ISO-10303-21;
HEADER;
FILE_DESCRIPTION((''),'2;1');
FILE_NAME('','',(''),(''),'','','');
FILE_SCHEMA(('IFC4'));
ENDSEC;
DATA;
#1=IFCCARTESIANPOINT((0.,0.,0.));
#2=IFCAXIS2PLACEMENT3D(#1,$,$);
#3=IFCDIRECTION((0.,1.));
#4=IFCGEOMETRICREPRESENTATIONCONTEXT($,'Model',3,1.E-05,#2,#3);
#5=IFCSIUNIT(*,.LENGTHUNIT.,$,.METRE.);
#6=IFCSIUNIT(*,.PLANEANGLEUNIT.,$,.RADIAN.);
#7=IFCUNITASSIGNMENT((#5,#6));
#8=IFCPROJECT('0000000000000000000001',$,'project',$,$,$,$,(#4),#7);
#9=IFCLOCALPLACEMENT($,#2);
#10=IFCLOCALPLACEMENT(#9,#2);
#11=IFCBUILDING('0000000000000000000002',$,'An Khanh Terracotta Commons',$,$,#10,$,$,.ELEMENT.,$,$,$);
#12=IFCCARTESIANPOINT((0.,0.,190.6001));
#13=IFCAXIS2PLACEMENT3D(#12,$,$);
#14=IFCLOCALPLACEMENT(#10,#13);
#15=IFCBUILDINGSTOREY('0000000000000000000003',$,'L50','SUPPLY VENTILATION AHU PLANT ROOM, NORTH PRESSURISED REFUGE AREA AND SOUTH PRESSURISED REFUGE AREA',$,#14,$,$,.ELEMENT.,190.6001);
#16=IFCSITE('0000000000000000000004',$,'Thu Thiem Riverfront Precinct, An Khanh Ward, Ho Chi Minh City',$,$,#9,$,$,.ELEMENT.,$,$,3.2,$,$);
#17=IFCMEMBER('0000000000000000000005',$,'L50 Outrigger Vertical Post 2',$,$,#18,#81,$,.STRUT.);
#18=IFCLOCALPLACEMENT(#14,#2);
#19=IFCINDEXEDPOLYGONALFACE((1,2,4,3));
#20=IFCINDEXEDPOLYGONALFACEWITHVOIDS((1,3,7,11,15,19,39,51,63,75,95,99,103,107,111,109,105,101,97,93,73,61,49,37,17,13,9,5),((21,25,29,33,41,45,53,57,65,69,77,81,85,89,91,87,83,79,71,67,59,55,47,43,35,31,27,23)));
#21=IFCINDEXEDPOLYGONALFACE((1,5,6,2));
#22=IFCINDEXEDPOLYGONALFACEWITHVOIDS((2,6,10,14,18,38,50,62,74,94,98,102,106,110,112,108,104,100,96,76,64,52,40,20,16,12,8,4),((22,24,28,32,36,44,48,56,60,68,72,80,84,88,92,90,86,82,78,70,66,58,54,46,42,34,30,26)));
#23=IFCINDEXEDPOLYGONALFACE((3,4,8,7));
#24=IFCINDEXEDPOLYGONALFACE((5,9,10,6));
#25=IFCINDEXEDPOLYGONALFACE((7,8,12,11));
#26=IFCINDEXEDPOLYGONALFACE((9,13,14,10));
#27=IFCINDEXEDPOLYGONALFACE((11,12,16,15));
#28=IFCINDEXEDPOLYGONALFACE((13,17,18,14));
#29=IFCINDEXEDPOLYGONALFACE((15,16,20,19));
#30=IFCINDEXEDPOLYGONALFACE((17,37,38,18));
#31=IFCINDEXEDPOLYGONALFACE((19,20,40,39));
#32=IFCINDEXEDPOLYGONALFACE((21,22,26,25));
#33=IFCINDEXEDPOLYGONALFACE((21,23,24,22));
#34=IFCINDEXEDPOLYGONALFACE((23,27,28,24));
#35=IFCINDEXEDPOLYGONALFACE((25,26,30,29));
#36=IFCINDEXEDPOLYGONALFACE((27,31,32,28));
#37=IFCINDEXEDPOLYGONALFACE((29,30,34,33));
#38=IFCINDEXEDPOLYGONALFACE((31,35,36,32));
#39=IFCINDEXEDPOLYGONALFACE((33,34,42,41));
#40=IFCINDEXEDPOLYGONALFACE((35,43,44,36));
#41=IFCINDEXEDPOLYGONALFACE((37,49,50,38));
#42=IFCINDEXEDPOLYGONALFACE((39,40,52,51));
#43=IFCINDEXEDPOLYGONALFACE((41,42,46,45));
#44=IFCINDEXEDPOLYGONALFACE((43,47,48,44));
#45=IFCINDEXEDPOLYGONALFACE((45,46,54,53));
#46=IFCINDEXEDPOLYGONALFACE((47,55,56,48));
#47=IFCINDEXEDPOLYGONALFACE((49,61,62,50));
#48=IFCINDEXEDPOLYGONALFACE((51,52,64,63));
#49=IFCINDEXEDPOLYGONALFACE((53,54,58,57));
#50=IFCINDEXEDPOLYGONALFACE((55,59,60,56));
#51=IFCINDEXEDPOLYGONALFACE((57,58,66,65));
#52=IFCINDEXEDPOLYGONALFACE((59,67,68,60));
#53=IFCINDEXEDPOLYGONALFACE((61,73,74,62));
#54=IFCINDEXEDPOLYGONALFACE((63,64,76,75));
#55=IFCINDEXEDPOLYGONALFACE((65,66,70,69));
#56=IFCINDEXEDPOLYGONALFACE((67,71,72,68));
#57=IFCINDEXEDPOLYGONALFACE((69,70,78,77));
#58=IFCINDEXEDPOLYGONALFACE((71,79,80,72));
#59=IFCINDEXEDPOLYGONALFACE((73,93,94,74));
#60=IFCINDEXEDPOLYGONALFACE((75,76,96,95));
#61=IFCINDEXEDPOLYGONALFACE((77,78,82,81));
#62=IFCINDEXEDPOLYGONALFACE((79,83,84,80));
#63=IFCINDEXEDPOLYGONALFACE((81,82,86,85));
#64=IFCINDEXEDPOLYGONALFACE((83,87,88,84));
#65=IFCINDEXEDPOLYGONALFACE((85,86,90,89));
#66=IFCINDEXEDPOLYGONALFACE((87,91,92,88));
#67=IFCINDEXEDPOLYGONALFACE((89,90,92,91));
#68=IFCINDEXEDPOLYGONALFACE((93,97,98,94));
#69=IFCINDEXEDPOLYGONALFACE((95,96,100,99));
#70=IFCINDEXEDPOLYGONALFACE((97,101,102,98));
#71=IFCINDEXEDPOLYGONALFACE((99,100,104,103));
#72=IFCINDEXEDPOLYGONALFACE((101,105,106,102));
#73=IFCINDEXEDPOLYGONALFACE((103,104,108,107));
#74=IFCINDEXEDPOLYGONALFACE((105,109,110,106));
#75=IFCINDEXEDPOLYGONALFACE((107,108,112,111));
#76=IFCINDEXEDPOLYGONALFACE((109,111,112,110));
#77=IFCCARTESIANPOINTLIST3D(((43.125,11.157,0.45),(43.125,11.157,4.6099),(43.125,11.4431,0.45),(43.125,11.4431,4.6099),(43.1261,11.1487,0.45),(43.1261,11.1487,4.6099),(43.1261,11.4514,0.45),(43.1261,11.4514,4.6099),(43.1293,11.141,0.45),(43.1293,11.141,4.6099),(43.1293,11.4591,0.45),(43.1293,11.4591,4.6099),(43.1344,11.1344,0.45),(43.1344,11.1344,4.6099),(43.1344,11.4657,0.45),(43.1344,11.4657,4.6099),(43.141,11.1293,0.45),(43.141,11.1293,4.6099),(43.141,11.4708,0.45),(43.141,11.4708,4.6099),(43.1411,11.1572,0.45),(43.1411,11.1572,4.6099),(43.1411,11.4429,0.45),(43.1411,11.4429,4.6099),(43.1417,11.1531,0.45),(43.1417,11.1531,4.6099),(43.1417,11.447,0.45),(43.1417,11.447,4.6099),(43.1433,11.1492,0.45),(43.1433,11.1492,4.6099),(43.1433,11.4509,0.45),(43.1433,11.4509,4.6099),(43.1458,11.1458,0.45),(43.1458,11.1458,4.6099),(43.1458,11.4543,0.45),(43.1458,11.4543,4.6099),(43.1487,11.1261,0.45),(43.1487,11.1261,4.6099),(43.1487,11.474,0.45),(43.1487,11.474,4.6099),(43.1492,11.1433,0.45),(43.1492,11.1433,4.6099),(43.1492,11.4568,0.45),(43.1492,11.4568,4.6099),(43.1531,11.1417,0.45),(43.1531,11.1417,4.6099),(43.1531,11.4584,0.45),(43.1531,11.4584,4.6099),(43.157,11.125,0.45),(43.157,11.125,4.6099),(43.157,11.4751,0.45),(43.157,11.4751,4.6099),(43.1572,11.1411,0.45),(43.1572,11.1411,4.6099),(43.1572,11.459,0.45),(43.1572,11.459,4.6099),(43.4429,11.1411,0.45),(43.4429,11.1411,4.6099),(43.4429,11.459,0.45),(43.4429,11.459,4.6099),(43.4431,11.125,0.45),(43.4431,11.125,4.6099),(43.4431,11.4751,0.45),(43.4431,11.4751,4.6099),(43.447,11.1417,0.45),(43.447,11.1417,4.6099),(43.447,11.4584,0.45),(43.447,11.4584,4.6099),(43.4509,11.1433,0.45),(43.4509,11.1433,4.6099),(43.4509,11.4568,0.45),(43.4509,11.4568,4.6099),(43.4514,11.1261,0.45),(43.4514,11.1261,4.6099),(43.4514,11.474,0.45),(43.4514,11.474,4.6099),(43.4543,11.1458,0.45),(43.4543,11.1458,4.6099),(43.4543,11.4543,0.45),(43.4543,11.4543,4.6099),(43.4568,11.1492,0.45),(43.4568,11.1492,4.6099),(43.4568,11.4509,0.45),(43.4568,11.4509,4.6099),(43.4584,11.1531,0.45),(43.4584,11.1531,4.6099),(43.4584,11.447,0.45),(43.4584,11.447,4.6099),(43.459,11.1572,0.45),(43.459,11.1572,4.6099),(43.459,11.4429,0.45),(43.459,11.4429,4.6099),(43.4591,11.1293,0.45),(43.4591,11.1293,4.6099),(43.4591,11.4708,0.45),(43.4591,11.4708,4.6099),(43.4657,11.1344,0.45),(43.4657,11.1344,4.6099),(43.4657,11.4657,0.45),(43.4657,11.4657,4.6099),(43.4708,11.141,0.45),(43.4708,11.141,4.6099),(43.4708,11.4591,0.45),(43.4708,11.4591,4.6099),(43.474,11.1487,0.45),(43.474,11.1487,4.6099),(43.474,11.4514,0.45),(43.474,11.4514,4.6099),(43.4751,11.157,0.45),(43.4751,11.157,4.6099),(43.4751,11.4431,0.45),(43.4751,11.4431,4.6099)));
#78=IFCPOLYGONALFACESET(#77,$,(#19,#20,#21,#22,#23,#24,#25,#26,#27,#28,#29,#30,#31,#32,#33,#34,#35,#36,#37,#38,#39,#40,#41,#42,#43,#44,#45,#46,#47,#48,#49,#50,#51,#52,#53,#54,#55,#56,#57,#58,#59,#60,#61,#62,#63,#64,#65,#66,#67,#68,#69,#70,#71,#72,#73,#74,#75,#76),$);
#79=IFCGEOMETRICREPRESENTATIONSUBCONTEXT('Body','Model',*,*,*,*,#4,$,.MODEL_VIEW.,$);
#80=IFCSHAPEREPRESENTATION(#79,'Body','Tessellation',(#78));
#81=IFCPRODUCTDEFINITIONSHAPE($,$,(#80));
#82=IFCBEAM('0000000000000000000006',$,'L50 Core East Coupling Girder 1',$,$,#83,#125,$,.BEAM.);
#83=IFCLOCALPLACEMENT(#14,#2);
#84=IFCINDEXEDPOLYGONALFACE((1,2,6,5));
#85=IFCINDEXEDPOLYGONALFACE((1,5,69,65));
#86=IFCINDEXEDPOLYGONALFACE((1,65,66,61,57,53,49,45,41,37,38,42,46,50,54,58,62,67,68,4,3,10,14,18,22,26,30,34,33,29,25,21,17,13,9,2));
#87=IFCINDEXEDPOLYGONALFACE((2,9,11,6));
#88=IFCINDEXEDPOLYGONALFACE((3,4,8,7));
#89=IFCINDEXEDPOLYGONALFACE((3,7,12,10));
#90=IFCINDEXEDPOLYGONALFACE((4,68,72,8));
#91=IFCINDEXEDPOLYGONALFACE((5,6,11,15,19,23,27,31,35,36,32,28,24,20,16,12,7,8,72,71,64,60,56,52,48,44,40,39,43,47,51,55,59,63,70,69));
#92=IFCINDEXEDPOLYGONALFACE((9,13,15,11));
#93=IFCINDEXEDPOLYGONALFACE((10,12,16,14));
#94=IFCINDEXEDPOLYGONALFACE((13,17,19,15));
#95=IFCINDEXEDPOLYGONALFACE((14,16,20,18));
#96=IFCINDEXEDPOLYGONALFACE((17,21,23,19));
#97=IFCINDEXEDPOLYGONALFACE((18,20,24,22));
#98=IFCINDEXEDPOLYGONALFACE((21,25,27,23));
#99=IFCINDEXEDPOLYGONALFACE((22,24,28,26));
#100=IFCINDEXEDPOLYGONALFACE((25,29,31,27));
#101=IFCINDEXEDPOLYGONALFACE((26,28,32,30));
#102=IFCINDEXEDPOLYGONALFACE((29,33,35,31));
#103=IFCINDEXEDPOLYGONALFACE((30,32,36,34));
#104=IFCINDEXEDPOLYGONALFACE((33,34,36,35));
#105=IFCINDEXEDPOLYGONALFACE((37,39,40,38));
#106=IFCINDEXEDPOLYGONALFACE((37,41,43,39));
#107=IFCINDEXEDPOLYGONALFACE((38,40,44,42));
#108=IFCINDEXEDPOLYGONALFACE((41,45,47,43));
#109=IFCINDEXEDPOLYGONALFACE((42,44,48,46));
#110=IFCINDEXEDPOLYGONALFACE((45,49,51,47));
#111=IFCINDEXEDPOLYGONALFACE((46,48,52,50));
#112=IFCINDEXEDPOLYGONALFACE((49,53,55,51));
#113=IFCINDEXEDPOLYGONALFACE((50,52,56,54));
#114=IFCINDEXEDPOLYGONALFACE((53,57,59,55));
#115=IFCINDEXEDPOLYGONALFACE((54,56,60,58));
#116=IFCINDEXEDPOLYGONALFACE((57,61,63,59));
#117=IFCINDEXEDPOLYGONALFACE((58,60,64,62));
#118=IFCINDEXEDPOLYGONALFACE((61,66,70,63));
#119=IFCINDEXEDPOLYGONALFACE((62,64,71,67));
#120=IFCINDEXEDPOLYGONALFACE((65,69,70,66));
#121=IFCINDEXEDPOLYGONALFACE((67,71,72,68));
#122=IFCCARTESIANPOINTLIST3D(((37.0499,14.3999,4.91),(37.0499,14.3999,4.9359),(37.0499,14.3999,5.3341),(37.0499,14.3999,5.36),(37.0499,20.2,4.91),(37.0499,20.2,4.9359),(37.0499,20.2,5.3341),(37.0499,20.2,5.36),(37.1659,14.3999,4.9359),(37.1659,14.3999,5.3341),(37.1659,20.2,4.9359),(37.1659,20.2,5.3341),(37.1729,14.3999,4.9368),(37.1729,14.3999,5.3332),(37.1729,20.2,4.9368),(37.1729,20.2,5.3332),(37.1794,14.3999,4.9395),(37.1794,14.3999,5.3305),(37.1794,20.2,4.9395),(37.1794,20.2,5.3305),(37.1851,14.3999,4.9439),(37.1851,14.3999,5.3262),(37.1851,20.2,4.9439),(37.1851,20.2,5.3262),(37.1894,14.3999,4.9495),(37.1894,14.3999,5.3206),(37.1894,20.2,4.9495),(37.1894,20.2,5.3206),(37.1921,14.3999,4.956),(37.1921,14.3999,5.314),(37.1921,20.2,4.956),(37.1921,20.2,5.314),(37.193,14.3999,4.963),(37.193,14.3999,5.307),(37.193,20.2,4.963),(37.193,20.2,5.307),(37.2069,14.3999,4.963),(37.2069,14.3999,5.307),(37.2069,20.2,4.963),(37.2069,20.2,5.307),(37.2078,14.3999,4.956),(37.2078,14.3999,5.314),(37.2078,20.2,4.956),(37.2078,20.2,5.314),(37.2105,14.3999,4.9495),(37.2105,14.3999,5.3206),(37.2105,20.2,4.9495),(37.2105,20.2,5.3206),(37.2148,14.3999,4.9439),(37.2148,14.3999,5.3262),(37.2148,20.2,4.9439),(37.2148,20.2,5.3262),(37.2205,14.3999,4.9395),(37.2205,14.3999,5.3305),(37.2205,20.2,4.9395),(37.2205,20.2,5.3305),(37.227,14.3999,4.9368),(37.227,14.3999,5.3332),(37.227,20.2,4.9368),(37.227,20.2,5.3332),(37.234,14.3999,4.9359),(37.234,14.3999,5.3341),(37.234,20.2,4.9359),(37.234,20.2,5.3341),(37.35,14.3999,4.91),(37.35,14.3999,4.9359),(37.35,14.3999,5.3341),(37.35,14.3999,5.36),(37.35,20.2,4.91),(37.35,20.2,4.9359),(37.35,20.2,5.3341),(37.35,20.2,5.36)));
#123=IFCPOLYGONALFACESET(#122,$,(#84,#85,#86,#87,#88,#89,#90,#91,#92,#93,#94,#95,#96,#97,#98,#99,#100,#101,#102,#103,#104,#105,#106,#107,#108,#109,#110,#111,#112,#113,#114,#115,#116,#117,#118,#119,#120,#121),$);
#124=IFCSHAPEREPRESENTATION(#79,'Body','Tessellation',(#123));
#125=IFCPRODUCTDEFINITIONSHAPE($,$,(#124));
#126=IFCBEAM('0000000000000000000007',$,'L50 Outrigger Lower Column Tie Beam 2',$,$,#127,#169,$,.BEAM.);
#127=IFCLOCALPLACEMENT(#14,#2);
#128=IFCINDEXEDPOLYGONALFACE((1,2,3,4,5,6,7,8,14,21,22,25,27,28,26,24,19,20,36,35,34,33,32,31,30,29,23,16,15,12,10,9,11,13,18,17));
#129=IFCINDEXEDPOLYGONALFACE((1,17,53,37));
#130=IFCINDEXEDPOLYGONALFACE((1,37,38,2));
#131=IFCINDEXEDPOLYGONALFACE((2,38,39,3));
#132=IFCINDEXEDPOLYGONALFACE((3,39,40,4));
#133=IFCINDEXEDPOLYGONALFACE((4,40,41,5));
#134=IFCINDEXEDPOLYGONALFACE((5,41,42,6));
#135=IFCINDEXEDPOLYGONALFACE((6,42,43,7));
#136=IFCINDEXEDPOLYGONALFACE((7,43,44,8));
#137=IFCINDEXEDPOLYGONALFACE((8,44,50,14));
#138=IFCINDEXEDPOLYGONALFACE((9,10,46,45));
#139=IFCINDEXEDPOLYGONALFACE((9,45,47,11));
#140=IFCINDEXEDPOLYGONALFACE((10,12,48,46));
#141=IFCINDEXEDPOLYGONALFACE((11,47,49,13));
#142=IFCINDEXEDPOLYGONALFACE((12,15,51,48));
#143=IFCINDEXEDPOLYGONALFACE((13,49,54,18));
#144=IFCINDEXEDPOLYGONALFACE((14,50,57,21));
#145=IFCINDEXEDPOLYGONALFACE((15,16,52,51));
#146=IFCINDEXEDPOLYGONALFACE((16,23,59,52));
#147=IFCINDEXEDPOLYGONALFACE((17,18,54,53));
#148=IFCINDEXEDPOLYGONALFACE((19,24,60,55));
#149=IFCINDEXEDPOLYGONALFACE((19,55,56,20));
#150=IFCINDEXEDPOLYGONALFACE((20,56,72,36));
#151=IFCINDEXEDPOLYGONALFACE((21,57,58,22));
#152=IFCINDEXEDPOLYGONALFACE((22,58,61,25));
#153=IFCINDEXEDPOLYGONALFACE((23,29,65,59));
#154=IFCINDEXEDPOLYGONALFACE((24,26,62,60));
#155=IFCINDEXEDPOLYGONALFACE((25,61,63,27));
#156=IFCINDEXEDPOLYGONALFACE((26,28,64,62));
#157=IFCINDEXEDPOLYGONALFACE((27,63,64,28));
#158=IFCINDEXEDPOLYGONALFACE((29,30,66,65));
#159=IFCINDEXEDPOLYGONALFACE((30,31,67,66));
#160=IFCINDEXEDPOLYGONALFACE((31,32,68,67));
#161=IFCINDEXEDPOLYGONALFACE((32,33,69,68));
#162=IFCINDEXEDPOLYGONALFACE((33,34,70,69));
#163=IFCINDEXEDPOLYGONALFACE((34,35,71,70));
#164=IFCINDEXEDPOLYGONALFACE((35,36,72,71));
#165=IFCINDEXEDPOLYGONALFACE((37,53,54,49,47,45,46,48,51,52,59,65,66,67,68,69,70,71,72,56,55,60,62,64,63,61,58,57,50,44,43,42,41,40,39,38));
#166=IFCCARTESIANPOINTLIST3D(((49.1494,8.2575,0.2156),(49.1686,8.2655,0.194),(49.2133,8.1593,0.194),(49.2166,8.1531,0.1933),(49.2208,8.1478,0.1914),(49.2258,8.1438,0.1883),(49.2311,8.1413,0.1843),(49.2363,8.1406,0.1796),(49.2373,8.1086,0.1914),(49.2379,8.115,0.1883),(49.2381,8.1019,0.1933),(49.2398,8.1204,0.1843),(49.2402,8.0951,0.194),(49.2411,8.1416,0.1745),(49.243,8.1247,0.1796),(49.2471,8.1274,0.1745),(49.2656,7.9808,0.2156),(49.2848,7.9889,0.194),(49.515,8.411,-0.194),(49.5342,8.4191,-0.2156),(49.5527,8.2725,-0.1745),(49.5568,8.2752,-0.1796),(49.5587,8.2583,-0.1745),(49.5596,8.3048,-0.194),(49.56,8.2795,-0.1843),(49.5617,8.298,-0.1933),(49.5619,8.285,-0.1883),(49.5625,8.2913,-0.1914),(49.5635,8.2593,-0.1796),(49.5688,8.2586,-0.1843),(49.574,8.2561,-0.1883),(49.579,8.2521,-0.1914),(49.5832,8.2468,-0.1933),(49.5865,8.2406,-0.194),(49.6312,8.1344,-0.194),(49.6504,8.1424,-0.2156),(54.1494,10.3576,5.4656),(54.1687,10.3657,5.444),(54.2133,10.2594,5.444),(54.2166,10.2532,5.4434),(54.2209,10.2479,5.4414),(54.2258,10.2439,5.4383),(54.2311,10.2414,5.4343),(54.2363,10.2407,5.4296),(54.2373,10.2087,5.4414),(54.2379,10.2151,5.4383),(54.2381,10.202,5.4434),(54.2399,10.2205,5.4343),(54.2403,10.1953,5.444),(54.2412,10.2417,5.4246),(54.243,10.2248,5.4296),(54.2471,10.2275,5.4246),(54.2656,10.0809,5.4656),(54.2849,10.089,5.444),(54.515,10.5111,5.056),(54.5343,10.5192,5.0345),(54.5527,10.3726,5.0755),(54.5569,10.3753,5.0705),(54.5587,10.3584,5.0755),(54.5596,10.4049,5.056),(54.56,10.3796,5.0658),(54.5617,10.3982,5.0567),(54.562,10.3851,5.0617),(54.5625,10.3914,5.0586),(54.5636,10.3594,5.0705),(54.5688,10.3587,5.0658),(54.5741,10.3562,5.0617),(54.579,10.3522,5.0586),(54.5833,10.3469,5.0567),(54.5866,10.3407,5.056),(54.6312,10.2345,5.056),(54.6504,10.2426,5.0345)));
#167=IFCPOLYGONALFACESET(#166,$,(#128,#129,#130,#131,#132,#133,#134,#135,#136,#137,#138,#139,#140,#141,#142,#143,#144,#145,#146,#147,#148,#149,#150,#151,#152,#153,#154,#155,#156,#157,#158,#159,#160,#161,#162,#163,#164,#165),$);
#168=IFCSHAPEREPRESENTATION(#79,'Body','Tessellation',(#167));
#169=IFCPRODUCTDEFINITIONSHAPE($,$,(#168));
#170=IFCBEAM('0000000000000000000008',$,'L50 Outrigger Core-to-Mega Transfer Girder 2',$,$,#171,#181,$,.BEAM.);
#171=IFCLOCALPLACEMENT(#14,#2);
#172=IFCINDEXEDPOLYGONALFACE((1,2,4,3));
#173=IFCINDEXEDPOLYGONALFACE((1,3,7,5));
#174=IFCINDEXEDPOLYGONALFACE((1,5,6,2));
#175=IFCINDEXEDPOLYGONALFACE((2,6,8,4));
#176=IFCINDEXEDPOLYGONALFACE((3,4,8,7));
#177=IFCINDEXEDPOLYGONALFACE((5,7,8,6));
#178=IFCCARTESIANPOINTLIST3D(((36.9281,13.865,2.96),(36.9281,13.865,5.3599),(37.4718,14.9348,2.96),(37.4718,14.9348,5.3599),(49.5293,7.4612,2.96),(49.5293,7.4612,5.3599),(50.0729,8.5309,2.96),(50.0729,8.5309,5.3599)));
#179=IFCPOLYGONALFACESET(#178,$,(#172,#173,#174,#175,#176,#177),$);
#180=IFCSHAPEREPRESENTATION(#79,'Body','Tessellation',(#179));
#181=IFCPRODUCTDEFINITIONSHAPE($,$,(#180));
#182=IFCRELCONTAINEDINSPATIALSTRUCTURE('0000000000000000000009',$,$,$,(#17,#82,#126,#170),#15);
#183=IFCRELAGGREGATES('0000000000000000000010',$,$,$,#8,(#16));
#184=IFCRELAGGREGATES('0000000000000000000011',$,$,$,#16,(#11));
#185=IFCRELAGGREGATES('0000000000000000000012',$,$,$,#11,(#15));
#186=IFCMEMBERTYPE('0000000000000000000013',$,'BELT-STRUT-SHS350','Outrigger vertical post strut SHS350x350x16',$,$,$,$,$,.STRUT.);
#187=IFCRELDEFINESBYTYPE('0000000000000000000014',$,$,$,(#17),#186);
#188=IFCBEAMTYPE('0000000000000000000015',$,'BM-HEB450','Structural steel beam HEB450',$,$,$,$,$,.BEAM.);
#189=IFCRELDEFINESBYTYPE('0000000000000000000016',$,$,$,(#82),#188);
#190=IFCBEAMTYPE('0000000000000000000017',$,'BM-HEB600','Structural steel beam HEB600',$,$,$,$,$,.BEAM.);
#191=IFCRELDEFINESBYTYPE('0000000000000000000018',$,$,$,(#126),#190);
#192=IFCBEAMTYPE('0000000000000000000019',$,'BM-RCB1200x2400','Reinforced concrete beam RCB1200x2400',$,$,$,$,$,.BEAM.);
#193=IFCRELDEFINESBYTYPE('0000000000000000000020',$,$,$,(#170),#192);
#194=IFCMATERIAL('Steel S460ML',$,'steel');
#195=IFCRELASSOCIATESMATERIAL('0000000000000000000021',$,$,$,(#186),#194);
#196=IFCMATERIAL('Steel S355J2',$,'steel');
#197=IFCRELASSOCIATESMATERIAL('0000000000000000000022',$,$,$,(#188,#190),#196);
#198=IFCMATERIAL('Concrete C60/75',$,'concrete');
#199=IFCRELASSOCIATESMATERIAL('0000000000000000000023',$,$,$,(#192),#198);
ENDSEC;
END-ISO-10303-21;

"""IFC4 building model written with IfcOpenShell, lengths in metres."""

from ifc_helpers import new_model, si_unit, direction, frame, origin, origin_2d, place, context, subcontext, project, spatial, rectangle, hollow_rectangle, i_section, extrude, material, material_profile, profile_set, type_object, element, save


model = new_model("IFC4")

# Units and contexts
model_context = context("Model", 3, precision=1e-05, world=origin(), true_north=direction((0.0, 1.0)))
body_context = subcontext(model_context, "Body", "Model", "MODEL_VIEW")
ifc_project = project(units=[si_unit("LENGTHUNIT", "METRE"), si_unit("PLANEANGLEUNIT", "RADIAN")], contexts=[model_context])

# Site, building, storey
site_placement = place(None, origin())
site = spatial("IfcSite", under=ifc_project, at=site_placement, Name="Thu Thiem Riverfront Precinct, An Khanh Ward, Ho Chi Minh City", CompositionType="ELEMENT", RefElevation=3.2)
building_placement = place(site_placement, origin())
building = spatial("IfcBuilding", under=site, at=building_placement, Name="An Khanh Terracotta Commons", CompositionType="ELEMENT")
storey_placement = place(building_placement, frame((0.0, 0.0, 190.6001)))
storey = spatial("IfcBuildingStorey", under=building, at=storey_placement, Name="L50", Description="SUPPLY VENTILATION AHU PLANT ROOM, NORTH PRESSURISED REFUGE AREA AND SOUTH PRESSURISED REFUGE AREA", CompositionType="ELEMENT", Elevation=190.6001)

# Shared definitions
ifc_material_1 = material(Name="Concrete C60/75", Category="concrete")

# Member
ifc_material_2 = material(Name="Steel S460ML", Category="steel")
ifc_material_profile_1 = material_profile(ifc_material_2, hollow_rectangle(XDim=0.3501, YDim=0.3501, WallThickness=0.0161, InnerFilletRadius=0.0161, OuterFilletRadius=0.032, at=origin_2d()), Name="SHS350x350x16")
ifc_profile_set_1 = profile_set([ifc_material_profile_1], Name="Steel S460ML")
member_type_1 = type_object("IfcMemberType", Name="BELT-STRUT-SHS350", Description="Outrigger vertical post strut SHS350x350x16", PredefinedType="STRUT", material=ifc_profile_set_1)
member_1_placement = place(storey_placement, frame((43.3, 11.3, 0.45), z_axis=(0.0, 0.0, 1.0), x_axis=(1.0, 0.0, 0.0)))
element("IfcMember", 1, at=member_1_placement, inside=storey, type_object=member_type_1, Name="L50 Outrigger Vertical Post 2", PredefinedType="STRUT", context=body_context, shape_type="SweptSolid", body=[
    extrude(hollow_rectangle(XDim=0.3501, YDim=0.3501, WallThickness=0.0161, InnerFilletRadius=0.0161, OuterFilletRadius=0.032, at=origin_2d()), origin(), (0.0, 0.0, 1.0), 4.1599),
])

# Beams
ifc_material_3 = material(Name="Steel S355J2", Category="steel")
ifc_material_profile_2 = material_profile(ifc_material_3, i_section(OverallWidth=0.3, OverallDepth=0.45, WebThickness=0.0139, FlangeThickness=0.0259, FilletRadius=0.0271, at=origin_2d()), Name="HEB450")
ifc_profile_set_2 = profile_set([ifc_material_profile_2], Name="Steel S355J2")
beam_type_1 = type_object("IfcBeamType", Name="BM-HEB450", Description="Structural steel beam HEB450", PredefinedType="BEAM", material=ifc_profile_set_2)
beam_1_placement = place(storey_placement, frame((37.2, 14.3999, 5.135), z_axis=(0.0, 1.0, 0.0), x_axis=(-1.0, 0.0, 0.0)))
element("IfcBeam", 2, at=beam_1_placement, inside=storey, type_object=beam_type_1, Name="L50 Core East Coupling Girder 1", PredefinedType="BEAM", context=body_context, shape_type="SweptSolid", body=[
    extrude(i_section(OverallWidth=0.3, OverallDepth=0.45, WebThickness=0.0139, FlangeThickness=0.0259, FilletRadius=0.0271, at=origin_2d()), origin(), (0.0, 0.0, 1.0), 5.8),
])
ifc_material_profile_3 = material_profile(ifc_material_3, i_section(OverallWidth=0.3, OverallDepth=0.6001, WebThickness=0.0154, FlangeThickness=0.03, FilletRadius=0.0271, at=origin_2d()), Name="HEB600")
ifc_profile_set_3 = profile_set([ifc_material_profile_3], Name="Steel S355J2")
beam_type_2 = type_object("IfcBeamType", Name="BM-HEB600", Description="Structural steel beam HEB600", PredefinedType="BEAM", material=ifc_profile_set_3)
beam_2_placement = place(storey_placement, frame((49.3999, 8.2, 0.0), z_axis=(0.662424, 0.278231, 0.695545), x_axis=(-0.387248, 0.921976, 0.0)))
element("IfcBeam", 3, at=beam_2_placement, inside=storey, type_object=beam_type_2, Name="L50 Outrigger Lower Column Tie Beam 2", PredefinedType="BEAM", context=body_context, shape_type="SweptSolid", body=[
    extrude(i_section(OverallWidth=0.3, OverallDepth=0.6001, WebThickness=0.0154, FlangeThickness=0.03, FilletRadius=0.0271, at=origin_2d()), origin(), (0.0, 0.0, 1.0), 7.5481),
])
ifc_material_profile_4 = material_profile(ifc_material_1, rectangle(XDim=1.2, YDim=2.3999, at=origin_2d()), Name="RCB1200x2400")
ifc_profile_set_4 = profile_set([ifc_material_profile_4], Name="Concrete C60/75")
beam_type_3 = type_object("IfcBeamType", Name="BM-RCB1200x2400", Description="Reinforced concrete beam RCB1200x2400", PredefinedType="BEAM", material=ifc_profile_set_4)
beam_3_placement = place(storey_placement, frame((37.2, 14.3999, 4.1599), z_axis=(0.891486, -0.453049, 0.0), x_axis=(0.453049, 0.891486, 0.0)))
element("IfcBeam", 4, at=beam_3_placement, inside=storey, type_object=beam_type_3, Name="L50 Outrigger Core-to-Mega Transfer Girder 2", PredefinedType="BEAM", context=body_context, shape_type="SweptSolid", body=[
    extrude(rectangle(XDim=1.2, YDim=2.3999, at=origin_2d()), origin(), (0.0, 0.0, 1.0), 14.135),
])

save(model, "model.ifc")
